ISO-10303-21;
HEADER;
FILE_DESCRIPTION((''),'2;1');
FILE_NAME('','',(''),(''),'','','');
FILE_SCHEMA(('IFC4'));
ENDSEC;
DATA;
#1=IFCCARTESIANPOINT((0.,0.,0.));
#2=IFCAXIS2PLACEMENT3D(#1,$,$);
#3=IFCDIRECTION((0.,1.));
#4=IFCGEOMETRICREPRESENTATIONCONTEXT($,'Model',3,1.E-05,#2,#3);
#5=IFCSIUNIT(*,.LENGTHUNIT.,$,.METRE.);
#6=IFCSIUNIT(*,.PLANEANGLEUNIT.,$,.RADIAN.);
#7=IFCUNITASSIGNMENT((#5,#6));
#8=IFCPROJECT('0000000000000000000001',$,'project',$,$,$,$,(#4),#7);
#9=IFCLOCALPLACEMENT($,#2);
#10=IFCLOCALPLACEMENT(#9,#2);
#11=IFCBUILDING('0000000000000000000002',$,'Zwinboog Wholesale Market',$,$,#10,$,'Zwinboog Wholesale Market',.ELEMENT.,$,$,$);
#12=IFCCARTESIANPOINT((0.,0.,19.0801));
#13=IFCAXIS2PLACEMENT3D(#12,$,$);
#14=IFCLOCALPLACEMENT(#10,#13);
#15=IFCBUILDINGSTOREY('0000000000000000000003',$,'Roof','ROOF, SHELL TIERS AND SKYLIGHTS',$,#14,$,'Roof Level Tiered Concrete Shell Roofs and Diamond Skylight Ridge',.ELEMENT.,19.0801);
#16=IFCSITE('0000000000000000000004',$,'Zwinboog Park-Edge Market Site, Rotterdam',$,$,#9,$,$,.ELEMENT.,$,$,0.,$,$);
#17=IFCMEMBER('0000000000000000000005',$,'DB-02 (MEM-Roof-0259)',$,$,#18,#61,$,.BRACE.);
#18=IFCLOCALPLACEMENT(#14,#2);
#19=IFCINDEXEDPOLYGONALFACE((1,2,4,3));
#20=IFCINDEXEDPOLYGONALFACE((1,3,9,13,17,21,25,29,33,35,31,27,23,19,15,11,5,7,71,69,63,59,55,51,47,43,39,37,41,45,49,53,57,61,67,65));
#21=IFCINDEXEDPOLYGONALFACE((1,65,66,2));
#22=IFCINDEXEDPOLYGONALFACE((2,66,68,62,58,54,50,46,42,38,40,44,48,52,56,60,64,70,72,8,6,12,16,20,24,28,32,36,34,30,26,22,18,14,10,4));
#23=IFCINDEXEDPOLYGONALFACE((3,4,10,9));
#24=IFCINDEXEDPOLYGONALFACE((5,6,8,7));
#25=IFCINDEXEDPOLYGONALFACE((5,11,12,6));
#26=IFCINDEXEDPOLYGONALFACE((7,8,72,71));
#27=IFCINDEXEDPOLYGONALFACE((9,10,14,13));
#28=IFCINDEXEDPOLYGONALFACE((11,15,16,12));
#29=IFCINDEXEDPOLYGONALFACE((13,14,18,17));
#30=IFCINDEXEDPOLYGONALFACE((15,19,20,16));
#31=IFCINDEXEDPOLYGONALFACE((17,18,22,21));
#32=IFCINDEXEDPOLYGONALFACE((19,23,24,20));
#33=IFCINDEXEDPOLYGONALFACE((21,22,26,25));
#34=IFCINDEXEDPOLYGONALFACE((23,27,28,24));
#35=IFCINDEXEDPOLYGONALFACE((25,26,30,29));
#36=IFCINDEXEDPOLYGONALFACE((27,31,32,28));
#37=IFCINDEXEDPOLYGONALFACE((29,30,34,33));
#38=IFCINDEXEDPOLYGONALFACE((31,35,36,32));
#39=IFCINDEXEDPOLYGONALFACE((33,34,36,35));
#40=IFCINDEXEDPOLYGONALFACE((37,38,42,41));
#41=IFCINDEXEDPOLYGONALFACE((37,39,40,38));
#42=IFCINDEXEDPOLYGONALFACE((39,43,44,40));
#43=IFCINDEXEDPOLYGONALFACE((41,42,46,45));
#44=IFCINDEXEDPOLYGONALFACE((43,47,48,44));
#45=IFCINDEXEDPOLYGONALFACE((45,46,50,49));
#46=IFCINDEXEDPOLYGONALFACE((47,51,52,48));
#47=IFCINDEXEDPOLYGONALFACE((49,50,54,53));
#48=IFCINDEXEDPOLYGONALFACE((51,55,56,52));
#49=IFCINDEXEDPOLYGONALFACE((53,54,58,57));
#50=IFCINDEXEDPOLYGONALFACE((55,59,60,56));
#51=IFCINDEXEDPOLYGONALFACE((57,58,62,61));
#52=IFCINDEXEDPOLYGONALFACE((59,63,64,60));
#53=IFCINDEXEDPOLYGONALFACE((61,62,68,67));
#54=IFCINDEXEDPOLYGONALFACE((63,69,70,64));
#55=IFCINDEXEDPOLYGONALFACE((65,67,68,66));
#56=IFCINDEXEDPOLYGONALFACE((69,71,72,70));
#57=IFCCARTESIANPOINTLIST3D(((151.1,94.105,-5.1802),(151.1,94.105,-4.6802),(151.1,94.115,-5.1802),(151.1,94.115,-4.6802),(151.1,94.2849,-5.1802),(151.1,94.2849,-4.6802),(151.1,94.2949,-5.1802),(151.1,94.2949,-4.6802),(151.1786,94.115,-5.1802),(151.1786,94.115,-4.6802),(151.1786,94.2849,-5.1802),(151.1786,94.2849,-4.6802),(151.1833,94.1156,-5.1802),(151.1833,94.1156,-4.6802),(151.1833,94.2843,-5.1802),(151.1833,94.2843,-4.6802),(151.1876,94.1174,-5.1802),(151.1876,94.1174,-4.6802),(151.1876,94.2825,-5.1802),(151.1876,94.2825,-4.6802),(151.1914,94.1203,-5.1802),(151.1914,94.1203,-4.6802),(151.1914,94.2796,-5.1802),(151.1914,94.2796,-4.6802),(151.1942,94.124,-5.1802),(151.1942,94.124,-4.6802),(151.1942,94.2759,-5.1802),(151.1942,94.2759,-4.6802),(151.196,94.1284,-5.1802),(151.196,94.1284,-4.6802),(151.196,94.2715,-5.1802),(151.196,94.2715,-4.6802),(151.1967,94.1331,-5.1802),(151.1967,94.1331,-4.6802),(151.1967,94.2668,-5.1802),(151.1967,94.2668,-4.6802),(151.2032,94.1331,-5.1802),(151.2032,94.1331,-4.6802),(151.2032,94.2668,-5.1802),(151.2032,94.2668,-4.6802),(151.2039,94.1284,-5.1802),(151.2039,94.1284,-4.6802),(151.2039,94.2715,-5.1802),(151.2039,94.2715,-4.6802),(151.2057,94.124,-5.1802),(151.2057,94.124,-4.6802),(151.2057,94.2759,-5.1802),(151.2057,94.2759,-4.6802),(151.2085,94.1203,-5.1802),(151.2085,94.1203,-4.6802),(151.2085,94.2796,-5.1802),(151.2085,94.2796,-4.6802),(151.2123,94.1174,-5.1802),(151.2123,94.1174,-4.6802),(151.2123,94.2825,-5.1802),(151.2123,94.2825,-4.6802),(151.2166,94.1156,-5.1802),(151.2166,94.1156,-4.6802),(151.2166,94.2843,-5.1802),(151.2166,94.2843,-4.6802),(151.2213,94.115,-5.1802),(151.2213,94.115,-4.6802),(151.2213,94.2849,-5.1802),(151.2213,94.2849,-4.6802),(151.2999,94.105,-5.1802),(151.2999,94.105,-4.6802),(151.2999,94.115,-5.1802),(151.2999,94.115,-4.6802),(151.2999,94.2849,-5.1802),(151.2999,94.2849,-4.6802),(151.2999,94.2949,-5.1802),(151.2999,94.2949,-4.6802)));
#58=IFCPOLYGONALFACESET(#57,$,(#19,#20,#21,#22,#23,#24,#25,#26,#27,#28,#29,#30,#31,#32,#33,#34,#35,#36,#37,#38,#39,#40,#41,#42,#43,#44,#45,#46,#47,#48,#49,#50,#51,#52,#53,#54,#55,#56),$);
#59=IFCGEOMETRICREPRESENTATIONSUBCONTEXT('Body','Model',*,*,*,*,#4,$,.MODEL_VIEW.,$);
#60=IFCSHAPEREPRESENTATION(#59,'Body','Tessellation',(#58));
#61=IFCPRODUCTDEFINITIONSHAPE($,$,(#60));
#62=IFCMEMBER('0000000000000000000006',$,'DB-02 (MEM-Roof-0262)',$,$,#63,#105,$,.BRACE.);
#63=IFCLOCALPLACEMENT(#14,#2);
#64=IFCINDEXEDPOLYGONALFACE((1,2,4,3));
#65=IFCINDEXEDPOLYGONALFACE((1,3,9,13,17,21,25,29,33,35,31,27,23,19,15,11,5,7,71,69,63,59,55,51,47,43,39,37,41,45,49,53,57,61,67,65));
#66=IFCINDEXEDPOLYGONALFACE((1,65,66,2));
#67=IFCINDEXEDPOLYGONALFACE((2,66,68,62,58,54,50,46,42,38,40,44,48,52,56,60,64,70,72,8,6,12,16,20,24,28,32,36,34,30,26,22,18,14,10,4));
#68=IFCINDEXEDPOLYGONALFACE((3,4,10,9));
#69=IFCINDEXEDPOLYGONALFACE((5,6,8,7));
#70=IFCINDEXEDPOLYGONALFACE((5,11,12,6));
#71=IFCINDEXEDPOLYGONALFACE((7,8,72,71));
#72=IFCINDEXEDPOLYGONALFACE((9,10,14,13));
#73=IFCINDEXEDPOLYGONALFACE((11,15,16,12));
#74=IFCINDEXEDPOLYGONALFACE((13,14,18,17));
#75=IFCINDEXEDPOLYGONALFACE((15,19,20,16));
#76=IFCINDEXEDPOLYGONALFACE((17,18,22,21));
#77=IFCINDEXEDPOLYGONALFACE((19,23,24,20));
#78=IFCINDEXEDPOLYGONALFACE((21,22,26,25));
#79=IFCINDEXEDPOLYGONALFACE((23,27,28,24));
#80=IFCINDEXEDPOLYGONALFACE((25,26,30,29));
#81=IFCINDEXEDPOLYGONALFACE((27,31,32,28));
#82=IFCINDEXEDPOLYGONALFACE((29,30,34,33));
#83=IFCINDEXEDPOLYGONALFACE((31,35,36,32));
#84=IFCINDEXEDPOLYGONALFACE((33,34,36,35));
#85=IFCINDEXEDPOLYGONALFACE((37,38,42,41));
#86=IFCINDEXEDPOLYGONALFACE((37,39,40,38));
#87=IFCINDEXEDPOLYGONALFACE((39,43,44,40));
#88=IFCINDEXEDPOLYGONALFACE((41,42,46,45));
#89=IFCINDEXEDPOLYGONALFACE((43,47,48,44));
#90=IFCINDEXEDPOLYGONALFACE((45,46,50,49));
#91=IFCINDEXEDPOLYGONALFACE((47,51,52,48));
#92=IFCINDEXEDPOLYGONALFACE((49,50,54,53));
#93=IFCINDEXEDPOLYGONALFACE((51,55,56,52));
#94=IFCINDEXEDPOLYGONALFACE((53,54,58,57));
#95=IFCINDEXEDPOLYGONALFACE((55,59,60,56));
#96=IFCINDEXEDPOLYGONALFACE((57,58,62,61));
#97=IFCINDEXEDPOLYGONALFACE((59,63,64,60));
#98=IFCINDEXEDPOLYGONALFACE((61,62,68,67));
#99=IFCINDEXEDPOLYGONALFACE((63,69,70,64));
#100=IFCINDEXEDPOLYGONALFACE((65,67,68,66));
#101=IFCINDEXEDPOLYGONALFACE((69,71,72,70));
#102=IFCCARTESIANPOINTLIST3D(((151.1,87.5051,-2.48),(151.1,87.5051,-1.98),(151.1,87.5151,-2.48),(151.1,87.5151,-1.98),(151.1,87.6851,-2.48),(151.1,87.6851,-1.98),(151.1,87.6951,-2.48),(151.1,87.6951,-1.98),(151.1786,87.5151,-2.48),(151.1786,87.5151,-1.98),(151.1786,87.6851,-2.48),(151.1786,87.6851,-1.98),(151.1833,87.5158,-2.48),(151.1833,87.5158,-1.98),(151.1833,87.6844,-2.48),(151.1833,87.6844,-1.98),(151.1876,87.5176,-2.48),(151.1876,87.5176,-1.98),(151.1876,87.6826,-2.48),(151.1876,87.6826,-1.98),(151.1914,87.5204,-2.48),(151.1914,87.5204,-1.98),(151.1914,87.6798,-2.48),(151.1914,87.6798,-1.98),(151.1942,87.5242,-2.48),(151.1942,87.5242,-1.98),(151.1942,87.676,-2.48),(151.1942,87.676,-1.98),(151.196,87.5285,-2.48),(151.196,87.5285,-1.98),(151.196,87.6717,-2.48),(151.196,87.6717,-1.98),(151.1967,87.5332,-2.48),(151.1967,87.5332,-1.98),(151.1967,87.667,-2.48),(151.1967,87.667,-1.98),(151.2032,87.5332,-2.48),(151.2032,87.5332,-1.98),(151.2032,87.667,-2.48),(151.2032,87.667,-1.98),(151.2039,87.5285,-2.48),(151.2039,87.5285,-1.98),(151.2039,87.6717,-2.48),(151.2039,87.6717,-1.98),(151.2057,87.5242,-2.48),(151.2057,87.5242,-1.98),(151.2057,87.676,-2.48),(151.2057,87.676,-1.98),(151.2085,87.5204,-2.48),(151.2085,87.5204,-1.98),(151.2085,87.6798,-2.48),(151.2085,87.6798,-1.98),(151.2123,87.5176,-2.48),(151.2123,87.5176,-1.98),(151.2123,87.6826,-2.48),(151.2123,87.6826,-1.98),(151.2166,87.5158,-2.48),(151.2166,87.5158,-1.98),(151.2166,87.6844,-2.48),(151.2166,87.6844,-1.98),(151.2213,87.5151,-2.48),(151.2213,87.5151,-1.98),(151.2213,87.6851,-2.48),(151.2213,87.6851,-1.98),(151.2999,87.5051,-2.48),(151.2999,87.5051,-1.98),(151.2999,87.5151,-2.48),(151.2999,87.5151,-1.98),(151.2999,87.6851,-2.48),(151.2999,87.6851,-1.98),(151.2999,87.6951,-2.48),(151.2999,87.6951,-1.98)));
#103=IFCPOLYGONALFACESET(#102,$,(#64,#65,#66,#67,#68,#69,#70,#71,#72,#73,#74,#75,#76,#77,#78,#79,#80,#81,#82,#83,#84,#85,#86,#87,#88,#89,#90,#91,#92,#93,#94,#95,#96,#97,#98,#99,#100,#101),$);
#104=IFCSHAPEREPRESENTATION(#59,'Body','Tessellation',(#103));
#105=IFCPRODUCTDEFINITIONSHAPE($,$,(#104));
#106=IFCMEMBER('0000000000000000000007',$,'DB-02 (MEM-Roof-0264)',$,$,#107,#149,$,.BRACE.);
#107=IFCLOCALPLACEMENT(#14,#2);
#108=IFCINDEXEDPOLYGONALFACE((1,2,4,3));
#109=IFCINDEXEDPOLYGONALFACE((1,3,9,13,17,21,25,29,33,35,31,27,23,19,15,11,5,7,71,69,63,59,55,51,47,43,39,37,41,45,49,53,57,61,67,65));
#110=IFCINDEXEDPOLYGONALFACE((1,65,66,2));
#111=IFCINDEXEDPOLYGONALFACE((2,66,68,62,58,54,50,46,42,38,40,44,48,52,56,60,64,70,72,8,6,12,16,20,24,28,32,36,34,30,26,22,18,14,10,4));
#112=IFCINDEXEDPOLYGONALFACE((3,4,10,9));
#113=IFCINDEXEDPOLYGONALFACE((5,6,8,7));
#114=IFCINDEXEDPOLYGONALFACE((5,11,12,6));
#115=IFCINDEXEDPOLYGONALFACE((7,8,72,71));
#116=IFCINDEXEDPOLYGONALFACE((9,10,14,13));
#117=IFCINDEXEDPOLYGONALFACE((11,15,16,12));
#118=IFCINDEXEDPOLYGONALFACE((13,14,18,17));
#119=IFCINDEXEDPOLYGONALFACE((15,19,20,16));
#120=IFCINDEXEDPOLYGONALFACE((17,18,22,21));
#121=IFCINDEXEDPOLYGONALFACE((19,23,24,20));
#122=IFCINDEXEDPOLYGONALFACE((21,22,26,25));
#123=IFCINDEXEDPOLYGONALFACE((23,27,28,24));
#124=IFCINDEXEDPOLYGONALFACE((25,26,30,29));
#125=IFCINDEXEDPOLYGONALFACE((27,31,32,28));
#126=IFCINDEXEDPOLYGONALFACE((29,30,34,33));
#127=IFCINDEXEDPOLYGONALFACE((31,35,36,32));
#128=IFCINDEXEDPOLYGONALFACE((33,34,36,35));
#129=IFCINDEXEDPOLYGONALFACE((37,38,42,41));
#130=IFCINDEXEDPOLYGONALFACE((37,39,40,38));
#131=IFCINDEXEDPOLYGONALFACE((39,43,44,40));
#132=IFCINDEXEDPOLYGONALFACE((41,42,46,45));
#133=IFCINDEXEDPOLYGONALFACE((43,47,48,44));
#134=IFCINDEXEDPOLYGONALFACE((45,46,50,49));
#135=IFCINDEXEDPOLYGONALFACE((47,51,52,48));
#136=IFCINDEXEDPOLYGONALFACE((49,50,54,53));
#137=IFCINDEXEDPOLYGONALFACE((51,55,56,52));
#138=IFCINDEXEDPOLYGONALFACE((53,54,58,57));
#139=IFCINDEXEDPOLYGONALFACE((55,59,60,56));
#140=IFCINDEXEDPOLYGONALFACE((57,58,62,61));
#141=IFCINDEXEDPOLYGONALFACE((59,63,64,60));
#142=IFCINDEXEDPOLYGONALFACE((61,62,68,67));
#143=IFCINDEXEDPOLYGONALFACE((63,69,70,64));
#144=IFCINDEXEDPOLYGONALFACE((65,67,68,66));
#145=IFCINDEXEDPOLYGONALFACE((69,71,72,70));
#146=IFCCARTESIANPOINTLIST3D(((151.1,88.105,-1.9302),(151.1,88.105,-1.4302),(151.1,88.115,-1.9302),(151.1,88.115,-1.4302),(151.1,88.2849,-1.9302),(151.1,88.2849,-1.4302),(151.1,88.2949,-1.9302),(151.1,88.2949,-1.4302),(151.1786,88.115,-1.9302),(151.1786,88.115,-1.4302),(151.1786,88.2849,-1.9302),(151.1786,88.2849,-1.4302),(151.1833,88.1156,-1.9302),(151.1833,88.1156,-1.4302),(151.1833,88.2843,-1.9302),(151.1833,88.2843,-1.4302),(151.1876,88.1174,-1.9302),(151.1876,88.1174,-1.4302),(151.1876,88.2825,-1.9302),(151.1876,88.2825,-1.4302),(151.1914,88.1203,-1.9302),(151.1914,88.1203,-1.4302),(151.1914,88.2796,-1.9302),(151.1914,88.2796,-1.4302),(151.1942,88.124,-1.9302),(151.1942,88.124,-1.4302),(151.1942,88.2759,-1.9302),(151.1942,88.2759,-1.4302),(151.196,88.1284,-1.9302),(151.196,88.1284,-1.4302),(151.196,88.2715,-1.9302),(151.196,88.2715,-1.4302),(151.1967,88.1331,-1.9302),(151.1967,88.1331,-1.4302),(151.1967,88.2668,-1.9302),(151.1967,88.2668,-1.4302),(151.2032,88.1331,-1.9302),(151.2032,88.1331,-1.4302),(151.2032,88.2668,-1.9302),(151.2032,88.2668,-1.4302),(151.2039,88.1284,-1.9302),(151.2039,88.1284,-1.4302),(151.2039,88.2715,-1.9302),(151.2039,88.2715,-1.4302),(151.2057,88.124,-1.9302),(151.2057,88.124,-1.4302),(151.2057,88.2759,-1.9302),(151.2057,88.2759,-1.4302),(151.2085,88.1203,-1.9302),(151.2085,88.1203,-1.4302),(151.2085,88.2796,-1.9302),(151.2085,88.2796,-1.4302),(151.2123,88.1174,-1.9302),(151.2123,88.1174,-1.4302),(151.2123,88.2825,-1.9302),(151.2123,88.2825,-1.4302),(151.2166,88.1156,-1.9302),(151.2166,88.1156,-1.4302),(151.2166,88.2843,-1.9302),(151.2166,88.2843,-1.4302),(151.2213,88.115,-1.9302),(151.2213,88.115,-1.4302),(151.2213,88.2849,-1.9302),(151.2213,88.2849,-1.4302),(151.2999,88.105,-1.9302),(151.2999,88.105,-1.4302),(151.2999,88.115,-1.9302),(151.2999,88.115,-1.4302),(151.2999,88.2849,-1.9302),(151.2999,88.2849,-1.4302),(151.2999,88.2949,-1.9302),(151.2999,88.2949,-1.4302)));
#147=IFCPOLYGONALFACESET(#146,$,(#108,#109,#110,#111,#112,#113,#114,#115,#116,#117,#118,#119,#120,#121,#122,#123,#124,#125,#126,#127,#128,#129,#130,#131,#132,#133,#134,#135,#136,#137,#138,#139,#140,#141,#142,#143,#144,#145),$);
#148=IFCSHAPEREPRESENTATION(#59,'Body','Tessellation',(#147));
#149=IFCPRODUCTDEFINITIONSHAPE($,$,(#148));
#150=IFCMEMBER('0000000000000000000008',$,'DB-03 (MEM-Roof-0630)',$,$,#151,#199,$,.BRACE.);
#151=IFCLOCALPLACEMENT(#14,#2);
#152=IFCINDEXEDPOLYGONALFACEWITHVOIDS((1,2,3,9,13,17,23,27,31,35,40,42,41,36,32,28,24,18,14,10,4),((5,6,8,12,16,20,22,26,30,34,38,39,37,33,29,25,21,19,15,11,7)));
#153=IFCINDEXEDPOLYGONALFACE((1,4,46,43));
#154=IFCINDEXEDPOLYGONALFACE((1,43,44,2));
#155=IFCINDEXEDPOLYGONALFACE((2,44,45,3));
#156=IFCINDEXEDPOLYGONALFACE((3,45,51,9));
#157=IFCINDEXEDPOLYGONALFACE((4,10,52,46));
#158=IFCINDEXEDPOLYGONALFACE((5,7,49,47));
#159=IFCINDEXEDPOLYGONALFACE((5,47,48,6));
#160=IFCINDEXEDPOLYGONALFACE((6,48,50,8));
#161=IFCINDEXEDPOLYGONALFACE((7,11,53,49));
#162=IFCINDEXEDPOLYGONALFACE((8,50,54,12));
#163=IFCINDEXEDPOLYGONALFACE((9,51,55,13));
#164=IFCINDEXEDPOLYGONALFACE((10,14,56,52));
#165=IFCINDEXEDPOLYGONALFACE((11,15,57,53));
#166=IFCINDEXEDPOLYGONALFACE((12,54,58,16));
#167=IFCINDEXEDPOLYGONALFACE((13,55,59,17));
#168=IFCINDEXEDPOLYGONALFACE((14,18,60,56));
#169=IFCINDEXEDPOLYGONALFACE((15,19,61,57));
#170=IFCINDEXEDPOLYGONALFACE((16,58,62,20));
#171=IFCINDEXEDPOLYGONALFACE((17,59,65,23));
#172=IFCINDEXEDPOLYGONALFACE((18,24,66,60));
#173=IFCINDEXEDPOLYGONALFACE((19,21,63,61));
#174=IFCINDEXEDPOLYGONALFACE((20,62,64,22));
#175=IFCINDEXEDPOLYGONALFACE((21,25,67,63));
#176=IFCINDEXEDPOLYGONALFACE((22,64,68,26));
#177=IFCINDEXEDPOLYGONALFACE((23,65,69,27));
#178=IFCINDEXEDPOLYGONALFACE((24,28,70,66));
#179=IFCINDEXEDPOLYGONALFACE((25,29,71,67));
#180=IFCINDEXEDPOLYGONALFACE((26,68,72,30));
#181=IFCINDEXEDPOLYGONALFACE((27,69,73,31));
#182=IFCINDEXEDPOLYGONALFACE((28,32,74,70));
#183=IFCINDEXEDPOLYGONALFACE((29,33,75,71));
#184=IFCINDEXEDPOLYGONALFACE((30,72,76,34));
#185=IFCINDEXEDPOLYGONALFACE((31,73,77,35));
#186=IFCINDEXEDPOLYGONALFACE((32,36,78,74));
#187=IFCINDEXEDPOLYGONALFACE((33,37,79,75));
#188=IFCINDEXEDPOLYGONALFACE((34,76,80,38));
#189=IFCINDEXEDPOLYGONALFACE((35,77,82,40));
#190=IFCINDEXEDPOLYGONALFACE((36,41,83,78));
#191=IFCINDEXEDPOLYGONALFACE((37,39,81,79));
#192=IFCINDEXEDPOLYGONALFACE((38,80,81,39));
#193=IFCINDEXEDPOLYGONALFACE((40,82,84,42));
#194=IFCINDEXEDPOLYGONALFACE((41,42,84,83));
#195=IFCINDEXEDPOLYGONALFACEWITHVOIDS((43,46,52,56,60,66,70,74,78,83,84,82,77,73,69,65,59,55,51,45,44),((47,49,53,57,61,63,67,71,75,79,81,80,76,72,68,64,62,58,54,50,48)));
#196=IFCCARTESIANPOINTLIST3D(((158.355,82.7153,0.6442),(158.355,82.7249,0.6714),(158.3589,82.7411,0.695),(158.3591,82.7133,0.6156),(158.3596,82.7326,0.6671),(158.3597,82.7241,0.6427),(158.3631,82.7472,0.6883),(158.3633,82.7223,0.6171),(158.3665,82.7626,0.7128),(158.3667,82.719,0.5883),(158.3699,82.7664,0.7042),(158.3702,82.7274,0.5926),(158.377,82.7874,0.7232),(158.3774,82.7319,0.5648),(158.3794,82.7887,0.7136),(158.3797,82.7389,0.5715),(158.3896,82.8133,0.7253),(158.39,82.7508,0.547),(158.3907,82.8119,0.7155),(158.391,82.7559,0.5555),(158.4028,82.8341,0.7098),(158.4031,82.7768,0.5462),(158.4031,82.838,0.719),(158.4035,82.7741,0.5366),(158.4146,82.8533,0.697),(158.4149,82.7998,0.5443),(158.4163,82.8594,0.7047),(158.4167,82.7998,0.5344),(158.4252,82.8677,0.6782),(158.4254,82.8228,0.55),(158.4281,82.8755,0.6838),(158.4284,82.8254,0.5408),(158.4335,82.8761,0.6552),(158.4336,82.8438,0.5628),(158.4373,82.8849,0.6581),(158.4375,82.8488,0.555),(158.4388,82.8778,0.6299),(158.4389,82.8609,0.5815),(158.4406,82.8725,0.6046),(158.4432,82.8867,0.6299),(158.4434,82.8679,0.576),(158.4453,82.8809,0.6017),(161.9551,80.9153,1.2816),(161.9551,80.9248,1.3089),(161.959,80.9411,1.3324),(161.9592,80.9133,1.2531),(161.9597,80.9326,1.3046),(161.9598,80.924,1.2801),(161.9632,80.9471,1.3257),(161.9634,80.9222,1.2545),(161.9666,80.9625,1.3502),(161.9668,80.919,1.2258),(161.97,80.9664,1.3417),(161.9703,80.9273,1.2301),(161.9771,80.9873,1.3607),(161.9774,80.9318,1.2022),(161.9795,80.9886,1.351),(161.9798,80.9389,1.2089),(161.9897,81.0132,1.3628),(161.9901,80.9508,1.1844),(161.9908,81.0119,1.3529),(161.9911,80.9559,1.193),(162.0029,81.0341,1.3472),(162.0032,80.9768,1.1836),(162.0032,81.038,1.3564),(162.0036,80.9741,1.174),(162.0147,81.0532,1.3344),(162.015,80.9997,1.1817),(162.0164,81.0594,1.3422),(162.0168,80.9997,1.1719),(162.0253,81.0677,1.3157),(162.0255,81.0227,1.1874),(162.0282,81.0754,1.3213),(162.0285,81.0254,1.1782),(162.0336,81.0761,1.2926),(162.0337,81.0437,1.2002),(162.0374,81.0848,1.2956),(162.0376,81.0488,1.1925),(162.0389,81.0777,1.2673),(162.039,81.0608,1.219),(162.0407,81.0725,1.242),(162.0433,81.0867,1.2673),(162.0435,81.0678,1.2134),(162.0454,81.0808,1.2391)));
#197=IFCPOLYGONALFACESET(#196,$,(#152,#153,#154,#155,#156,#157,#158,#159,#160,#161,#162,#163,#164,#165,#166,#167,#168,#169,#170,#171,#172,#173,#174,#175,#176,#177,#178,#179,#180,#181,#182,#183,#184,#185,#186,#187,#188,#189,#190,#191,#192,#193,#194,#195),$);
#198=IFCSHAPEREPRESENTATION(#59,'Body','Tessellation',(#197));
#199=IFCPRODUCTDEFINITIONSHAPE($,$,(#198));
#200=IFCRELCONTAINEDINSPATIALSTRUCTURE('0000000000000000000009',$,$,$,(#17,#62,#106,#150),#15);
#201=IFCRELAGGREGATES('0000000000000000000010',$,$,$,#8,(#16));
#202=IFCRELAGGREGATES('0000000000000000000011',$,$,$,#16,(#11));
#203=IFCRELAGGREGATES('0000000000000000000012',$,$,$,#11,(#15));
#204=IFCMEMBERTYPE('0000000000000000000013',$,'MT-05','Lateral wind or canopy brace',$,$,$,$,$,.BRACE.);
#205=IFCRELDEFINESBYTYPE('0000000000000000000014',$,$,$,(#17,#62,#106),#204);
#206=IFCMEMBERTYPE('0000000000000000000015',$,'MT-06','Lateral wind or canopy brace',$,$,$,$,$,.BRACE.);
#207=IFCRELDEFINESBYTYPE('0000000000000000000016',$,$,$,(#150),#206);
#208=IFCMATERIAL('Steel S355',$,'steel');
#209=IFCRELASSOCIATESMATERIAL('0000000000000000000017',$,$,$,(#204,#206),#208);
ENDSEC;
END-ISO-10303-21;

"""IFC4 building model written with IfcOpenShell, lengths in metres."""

from ifc_helpers import new_model, si_unit, direction, frame, origin, origin_2d, place, context, subcontext, project, spatial, hollow_circle, i_section, extrude, material, material_profile, profile_set, type_object, element, save


model = new_model("IFC4")

# Units and contexts
model_context = context("Model", 3, precision=1e-05, world=origin(), true_north=direction((0.0, 1.0)))
body_context = subcontext(model_context, "Body", "Model", "MODEL_VIEW")
ifc_project = project(units=[si_unit("LENGTHUNIT", "METRE"), si_unit("PLANEANGLEUNIT", "RADIAN")], contexts=[model_context])

# Site, building, storey
site_placement = place(None, origin())
site = spatial("IfcSite", under=ifc_project, at=site_placement, Name="Zwinboog Park-Edge Market Site, Rotterdam", CompositionType="ELEMENT", RefElevation=0.0)
building_placement = place(site_placement, origin())
building = spatial("IfcBuilding", under=site, at=building_placement, Name="Zwinboog Wholesale Market", LongName="Zwinboog Wholesale Market", CompositionType="ELEMENT")
storey_placement = place(building_placement, frame((0.0, 0.0, 19.0801)))
storey = spatial("IfcBuildingStorey", under=building, at=storey_placement, Name="Roof", Description="ROOF, SHELL TIERS AND SKYLIGHTS", LongName="Roof Level Tiered Concrete Shell Roofs and Diamond Skylight Ridge", CompositionType="ELEMENT", Elevation=19.0801)

# Members
ifc_material_1 = material(Name="Steel S355", Category="steel")
ifc_material_profile_1 = material_profile(ifc_material_1, i_section(OverallWidth=0.2, OverallDepth=0.1899, WebThickness=0.0066, FlangeThickness=0.01, FilletRadius=0.0181, at=origin_2d()), Name="HEA 200")
ifc_profile_set_1 = profile_set([ifc_material_profile_1], Name="Steel S355")
member_type_1 = type_object("IfcMemberType", Name="MT-05", Description="Lateral wind or canopy brace", PredefinedType="BRACE", material=ifc_profile_set_1)
for number, where, z_axis, x_axis, name in (
    (1, (151.2, 94.2, -5.1802), (0.0, 0.0, 1.0), (1.0, 0.0, 0.0), "DB-02 (MEM-Roof-0259)"),
    (2, (151.2, 87.6001, -2.48), (0.0, 0.0, 1.0), (1.0, 0.0, 0.0), "DB-02 (MEM-Roof-0262)"),
    (3, (151.2, 88.2, -1.9302), (0.0, 0.0, 1.0), (1.0, 0.0, 0.0), "DB-02 (MEM-Roof-0264)"),
):
    element("IfcMember", number, at=place(storey_placement, frame(where, z_axis=z_axis, x_axis=x_axis)), inside=storey, type_object=member_type_1, Name=name, PredefinedType="BRACE", context=body_context, shape_type="SweptSolid", body=[
        extrude(i_section(OverallWidth=0.2, OverallDepth=0.1899, WebThickness=0.0066, FlangeThickness=0.01, FilletRadius=0.0181, at=origin_2d()), origin(), (0.0, 0.0, 1.0), 0.5),
    ])
ifc_material_profile_2 = material_profile(ifc_material_1, hollow_circle(Radius=0.0969, WallThickness=0.01, at=origin_2d()), Name="CHS 193.7x10")
ifc_profile_set_2 = profile_set([ifc_material_profile_2], Name="Steel S355")
member_type_2 = type_object("IfcMemberType", Name="MT-06", Description="Lateral wind or canopy brace", PredefinedType="BRACE", material=ifc_profile_set_2)
member_1_placement = place(storey_placement, frame((158.3999, 82.8, 0.6299), z_axis=(0.883417, -0.441709, 0.156422), x_axis=(0.447214, 0.894427, 0.0)))
element("IfcMember", 4, at=member_1_placement, inside=storey, type_object=member_type_2, Name="DB-03 (MEM-Roof-0630)", PredefinedType="BRACE", context=body_context, shape_type="SweptSolid", body=[
    extrude(hollow_circle(Radius=0.0969, WallThickness=0.01, at=origin_2d()), origin(), (0.0, 0.0, 1.0), 4.0752),
])

save(model, "model.ifc")
